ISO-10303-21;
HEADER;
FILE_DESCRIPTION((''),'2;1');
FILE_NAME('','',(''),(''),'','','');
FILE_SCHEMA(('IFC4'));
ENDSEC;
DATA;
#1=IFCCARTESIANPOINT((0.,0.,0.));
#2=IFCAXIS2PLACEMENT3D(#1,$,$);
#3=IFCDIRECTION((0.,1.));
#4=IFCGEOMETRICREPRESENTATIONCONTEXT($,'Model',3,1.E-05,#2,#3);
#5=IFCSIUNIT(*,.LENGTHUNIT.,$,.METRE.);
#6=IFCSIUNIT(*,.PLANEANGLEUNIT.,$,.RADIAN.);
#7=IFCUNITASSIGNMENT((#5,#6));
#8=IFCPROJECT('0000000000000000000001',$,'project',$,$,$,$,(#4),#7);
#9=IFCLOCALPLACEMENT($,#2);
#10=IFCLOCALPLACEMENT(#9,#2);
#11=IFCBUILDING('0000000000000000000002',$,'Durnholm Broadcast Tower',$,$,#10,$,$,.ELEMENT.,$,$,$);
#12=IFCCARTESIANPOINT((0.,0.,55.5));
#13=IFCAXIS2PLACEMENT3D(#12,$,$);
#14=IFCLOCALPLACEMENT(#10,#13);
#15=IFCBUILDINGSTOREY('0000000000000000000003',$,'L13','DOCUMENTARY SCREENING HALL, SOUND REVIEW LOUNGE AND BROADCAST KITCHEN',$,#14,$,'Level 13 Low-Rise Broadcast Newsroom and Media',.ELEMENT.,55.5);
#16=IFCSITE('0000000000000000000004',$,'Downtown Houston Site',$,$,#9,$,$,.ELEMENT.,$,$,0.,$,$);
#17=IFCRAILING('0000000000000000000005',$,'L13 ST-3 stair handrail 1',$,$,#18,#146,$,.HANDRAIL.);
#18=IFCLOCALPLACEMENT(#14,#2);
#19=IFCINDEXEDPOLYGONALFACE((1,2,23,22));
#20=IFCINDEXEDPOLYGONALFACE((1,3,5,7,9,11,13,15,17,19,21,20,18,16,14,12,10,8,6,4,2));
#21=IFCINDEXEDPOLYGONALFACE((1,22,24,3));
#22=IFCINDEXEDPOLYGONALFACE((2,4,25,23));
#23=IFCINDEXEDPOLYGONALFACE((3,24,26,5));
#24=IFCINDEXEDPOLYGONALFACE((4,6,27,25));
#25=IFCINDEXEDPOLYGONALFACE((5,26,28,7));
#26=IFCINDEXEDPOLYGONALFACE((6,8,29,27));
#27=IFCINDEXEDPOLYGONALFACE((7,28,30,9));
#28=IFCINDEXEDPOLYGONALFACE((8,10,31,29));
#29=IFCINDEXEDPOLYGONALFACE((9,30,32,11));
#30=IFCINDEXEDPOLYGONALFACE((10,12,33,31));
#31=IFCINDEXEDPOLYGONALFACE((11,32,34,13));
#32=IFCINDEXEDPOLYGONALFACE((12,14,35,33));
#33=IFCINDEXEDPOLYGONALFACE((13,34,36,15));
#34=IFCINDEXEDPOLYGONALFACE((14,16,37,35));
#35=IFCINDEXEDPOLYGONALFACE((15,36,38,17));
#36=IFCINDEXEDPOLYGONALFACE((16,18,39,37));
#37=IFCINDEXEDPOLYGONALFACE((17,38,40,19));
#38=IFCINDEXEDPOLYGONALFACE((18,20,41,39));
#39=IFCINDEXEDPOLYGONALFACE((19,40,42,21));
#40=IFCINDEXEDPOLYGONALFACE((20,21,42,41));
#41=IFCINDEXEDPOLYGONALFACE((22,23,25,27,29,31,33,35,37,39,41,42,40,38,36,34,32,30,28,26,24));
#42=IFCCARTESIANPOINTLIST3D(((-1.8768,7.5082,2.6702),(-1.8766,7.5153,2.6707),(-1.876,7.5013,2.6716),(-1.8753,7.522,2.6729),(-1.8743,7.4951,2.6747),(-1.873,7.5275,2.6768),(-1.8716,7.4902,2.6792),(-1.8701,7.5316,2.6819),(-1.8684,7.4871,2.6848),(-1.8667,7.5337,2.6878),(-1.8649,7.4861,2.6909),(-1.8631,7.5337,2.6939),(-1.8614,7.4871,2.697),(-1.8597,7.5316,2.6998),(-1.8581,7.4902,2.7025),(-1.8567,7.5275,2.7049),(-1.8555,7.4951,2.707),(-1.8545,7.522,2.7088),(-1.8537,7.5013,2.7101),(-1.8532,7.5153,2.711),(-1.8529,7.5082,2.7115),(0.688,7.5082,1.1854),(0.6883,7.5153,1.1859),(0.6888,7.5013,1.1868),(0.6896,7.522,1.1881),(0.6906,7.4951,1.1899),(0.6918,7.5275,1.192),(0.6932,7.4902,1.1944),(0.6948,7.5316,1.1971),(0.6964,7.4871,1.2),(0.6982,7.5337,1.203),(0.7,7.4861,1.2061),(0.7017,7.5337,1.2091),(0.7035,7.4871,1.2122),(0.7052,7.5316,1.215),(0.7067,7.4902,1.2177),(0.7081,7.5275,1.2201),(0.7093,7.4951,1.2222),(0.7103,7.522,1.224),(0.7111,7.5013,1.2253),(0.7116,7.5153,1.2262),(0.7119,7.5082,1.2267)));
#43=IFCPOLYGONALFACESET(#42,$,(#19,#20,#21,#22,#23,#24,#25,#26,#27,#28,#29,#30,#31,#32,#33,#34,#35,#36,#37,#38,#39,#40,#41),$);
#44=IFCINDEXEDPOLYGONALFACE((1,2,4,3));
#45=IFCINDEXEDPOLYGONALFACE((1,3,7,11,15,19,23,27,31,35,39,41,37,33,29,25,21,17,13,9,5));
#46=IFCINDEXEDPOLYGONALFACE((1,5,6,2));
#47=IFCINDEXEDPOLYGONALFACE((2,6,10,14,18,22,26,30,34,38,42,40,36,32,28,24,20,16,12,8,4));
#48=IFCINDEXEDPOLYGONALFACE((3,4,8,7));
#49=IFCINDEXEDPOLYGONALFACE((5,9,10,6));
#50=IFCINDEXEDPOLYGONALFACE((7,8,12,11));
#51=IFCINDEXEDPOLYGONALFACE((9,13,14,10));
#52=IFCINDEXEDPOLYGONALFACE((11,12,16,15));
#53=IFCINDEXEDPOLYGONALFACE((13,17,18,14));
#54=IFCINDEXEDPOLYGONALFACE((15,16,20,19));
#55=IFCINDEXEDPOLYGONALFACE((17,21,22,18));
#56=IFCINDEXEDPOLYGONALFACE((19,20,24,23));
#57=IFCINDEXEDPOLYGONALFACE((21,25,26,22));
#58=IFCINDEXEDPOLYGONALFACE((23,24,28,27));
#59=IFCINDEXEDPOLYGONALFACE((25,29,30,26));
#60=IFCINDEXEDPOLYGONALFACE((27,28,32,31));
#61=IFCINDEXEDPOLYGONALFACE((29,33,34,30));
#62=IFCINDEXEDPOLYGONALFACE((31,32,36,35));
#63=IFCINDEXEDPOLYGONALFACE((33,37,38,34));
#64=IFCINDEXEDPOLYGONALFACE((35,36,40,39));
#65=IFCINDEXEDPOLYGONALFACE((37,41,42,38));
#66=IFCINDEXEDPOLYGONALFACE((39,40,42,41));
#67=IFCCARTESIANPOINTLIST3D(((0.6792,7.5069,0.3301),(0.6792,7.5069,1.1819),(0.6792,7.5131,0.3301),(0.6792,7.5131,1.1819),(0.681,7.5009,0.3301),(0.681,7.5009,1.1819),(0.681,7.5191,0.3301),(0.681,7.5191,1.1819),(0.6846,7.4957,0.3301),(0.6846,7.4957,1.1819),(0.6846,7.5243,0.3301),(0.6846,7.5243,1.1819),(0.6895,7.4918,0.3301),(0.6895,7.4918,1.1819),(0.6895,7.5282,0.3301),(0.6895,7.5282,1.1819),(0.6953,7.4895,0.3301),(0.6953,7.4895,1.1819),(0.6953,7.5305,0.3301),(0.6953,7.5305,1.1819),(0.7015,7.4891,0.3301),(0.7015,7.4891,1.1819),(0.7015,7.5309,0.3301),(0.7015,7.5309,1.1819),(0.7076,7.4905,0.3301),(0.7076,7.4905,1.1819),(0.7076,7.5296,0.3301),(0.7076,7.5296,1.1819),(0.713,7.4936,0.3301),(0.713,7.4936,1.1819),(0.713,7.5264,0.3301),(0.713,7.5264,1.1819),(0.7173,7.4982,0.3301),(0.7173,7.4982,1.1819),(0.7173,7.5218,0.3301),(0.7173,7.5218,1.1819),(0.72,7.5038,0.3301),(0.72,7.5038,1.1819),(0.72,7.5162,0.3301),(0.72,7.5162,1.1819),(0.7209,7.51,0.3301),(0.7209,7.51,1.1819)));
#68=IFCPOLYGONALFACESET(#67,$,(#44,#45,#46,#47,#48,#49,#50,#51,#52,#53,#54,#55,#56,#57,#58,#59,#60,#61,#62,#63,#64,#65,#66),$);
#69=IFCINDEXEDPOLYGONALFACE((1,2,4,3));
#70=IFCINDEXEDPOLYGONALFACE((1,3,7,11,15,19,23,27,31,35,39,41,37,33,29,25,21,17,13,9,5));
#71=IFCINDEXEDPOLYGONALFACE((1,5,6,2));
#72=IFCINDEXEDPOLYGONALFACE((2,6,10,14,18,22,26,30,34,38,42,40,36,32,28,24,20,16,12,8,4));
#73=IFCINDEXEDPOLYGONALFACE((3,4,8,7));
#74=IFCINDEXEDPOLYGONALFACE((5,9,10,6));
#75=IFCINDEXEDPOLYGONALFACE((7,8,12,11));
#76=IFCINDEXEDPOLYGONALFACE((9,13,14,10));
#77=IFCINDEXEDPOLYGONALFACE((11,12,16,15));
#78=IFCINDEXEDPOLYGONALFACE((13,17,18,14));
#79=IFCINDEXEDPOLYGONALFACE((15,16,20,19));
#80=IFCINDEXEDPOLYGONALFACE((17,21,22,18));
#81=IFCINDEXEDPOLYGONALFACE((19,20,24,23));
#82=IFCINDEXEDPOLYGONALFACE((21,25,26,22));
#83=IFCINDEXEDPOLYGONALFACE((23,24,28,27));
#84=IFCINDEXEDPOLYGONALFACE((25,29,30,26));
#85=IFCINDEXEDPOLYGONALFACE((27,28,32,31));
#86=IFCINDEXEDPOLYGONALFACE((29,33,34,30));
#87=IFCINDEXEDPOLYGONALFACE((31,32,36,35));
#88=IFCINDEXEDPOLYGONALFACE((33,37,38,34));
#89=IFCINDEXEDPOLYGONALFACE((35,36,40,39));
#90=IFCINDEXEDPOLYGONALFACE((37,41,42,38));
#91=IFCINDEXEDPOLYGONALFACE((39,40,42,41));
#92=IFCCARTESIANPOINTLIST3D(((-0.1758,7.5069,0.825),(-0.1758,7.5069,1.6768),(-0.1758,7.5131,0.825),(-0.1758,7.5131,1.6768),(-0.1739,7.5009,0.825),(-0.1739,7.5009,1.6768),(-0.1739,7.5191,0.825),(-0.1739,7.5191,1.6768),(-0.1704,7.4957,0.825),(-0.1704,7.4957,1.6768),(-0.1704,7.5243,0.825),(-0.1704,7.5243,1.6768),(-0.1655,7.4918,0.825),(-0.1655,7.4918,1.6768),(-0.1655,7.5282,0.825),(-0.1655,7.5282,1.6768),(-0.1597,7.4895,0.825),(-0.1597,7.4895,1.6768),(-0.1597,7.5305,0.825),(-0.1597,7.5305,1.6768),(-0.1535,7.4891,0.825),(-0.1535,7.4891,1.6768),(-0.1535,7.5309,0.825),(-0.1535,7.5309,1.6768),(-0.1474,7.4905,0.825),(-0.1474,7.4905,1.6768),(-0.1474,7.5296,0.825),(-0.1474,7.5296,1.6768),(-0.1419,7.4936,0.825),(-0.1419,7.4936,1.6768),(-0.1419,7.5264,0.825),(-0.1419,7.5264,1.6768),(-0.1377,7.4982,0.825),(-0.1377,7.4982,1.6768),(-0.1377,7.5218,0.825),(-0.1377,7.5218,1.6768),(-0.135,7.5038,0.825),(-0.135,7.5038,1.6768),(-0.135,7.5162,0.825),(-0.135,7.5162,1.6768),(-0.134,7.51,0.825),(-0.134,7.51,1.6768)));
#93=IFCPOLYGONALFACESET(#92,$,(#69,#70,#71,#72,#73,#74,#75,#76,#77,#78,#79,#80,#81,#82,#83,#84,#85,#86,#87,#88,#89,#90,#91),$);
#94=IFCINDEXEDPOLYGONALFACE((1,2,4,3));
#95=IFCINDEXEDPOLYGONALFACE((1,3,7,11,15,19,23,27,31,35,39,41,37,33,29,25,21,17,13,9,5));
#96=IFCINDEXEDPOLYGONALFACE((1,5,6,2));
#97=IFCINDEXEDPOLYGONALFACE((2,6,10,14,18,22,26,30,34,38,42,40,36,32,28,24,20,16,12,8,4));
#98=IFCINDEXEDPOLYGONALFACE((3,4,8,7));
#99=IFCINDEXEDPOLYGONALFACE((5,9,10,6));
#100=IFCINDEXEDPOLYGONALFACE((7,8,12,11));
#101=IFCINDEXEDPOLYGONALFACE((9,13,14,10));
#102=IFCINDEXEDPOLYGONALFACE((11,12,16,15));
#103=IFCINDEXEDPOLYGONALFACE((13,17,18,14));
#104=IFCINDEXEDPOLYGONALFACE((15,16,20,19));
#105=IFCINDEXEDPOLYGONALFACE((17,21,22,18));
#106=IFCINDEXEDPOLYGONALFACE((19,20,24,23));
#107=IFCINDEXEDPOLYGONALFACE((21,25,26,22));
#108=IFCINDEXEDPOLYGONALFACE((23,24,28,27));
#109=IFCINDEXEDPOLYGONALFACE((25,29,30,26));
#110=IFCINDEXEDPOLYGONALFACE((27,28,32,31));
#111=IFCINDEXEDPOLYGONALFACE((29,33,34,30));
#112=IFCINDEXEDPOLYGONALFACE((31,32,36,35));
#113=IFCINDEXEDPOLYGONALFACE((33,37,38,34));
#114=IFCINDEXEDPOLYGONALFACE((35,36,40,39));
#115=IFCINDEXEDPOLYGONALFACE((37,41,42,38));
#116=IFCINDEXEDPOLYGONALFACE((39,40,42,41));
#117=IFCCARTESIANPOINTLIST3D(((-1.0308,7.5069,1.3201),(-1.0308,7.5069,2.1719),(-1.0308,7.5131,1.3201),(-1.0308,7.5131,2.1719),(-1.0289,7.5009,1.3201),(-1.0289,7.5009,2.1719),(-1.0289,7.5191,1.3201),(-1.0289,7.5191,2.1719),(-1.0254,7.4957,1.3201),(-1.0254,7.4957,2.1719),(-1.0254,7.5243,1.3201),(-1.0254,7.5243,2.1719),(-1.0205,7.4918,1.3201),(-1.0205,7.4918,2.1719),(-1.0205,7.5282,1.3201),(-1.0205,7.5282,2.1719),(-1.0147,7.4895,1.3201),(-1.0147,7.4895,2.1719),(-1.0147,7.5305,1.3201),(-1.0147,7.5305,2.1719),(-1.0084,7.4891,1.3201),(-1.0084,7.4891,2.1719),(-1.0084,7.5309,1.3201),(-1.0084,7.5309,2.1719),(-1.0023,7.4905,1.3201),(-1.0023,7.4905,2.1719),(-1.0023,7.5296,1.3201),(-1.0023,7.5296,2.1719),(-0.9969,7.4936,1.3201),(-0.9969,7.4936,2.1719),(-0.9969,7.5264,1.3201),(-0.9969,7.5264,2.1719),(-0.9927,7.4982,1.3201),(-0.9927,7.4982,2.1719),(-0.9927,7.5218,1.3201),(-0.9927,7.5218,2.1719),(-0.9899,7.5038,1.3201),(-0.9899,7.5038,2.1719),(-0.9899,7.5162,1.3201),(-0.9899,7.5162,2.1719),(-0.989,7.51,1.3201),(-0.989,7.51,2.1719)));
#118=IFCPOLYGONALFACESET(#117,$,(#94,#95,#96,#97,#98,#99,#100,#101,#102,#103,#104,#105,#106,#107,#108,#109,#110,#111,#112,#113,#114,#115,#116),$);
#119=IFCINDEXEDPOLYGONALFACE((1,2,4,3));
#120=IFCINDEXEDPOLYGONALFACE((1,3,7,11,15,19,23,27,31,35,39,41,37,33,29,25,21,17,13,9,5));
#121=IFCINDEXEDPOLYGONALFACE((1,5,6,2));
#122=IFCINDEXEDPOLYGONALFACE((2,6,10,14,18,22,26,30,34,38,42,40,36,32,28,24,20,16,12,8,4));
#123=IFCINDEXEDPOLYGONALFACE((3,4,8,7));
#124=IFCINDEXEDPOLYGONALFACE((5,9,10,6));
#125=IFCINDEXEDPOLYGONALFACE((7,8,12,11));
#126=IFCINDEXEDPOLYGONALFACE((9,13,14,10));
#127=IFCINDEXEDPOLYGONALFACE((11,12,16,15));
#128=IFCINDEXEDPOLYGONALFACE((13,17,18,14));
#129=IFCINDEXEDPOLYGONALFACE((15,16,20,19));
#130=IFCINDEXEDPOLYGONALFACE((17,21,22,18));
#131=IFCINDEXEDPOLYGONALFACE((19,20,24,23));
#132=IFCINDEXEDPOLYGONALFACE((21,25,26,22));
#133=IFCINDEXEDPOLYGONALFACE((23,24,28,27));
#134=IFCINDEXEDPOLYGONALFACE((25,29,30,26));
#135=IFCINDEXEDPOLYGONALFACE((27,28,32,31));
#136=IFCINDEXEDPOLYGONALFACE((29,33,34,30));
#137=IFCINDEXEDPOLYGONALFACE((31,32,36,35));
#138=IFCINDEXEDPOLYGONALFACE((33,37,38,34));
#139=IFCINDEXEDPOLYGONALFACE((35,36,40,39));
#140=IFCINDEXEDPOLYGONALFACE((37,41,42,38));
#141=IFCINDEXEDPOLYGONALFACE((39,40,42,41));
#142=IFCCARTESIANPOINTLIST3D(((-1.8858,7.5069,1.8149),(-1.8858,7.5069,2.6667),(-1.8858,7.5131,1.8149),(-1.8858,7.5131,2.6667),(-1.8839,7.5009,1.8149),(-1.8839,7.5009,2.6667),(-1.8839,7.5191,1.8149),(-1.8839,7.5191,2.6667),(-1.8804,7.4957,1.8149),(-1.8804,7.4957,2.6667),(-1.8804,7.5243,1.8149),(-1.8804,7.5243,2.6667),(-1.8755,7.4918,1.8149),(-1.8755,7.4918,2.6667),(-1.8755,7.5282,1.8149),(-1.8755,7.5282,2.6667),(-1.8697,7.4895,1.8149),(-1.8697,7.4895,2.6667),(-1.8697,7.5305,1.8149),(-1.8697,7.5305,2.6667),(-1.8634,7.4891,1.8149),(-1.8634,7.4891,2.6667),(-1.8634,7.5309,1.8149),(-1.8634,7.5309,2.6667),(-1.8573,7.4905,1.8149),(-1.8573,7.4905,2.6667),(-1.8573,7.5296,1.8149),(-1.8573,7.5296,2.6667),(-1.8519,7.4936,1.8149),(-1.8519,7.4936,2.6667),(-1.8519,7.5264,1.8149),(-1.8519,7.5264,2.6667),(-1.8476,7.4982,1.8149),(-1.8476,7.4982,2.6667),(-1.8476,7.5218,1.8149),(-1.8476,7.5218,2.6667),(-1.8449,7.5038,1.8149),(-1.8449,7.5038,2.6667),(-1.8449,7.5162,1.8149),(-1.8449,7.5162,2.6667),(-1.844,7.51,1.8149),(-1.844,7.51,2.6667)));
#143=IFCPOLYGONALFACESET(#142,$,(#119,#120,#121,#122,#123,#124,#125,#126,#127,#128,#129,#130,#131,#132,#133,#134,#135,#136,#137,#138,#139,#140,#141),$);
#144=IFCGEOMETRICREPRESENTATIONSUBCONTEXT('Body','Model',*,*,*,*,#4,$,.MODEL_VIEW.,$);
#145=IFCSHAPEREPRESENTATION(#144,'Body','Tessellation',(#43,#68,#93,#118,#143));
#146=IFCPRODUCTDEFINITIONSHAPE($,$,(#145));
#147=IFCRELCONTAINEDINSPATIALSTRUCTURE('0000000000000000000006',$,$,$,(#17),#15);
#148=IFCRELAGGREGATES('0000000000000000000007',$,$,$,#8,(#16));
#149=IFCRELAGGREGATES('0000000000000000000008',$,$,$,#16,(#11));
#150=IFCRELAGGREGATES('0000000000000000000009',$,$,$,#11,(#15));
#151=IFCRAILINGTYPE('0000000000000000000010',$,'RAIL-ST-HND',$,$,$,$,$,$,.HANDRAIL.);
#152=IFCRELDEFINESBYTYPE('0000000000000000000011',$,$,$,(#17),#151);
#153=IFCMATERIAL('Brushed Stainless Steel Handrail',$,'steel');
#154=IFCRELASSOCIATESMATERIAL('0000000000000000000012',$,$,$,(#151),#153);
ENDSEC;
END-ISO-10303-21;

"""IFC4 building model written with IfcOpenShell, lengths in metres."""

from ifc_helpers import new_model, si_unit, direction, frame, origin, origin_2d, place, context, subcontext, project, spatial, circle, extrude, material, type_object, element, save


model = new_model("IFC4")

# Units and contexts
model_context = context("Model", 3, precision=1e-05, world=origin(), true_north=direction((0.0, 1.0)))
body_context = subcontext(model_context, "Body", "Model", "MODEL_VIEW")
ifc_project = project(units=[si_unit("LENGTHUNIT", "METRE"), si_unit("PLANEANGLEUNIT", "RADIAN")], contexts=[model_context])

# Site, building, storey
site_placement = place(None, origin())
site = spatial("IfcSite", under=ifc_project, at=site_placement, Name="Downtown Houston Site", CompositionType="ELEMENT", RefElevation=0.0)
building_placement = place(site_placement, origin())
building = spatial("IfcBuilding", under=site, at=building_placement, Name="Durnholm Broadcast Tower", CompositionType="ELEMENT")
storey_placement = place(building_placement, frame((0.0, 0.0, 55.5)))
storey = spatial("IfcBuildingStorey", under=building, at=storey_placement, Name="L13", Description="DOCUMENTARY SCREENING HALL, SOUND REVIEW LOUNGE AND BROADCAST KITCHEN", LongName="Level 13 Low-Rise Broadcast Newsroom and Media", CompositionType="ELEMENT", Elevation=55.5)

# Railing
ifc_material_1 = material(Name="Brushed Stainless Steel Handrail", Category="steel")
railing_type_1 = type_object("IfcRailingType", Name="RAIL-ST-HND", PredefinedType="HANDRAIL", material=ifc_material_1)
railing_1_placement = place(storey_placement, frame((0.7, 7.51, 0.3301)))
element("IfcRailing", 1, at=railing_1_placement, inside=storey, type_object=railing_type_1, Name="L13 ST-3 stair handrail 1", PredefinedType="HANDRAIL", context=body_context, shape_type="SweptSolid", body=[
    extrude(circle(Radius=0.0239, at=origin_2d()), frame((0.0, 0.0, 0.876), z_axis=(-0.865441, 0.0, 0.50101), x_axis=(0.0, -1.0, 0.0)), (0.0, 0.0, 1.0), 2.9636),
    extrude(circle(Radius=0.021, at=origin_2d()), origin(), (0.0, 0.0, 1.0), 0.8518),
    extrude(circle(Radius=0.021, at=origin_2d()), frame((-0.855, 0.0, 0.4949)), (0.0, 0.0, 1.0), 0.8518),
    extrude(circle(Radius=0.021, at=origin_2d()), frame((-1.71, 0.0, 0.99)), (0.0, 0.0, 1.0), 0.8518),
    extrude(circle(Radius=0.021, at=origin_2d()), frame((-2.5649, 0.0, 1.4849)), (0.0, 0.0, 1.0), 0.8518),
])

save(model, "model.ifc")
